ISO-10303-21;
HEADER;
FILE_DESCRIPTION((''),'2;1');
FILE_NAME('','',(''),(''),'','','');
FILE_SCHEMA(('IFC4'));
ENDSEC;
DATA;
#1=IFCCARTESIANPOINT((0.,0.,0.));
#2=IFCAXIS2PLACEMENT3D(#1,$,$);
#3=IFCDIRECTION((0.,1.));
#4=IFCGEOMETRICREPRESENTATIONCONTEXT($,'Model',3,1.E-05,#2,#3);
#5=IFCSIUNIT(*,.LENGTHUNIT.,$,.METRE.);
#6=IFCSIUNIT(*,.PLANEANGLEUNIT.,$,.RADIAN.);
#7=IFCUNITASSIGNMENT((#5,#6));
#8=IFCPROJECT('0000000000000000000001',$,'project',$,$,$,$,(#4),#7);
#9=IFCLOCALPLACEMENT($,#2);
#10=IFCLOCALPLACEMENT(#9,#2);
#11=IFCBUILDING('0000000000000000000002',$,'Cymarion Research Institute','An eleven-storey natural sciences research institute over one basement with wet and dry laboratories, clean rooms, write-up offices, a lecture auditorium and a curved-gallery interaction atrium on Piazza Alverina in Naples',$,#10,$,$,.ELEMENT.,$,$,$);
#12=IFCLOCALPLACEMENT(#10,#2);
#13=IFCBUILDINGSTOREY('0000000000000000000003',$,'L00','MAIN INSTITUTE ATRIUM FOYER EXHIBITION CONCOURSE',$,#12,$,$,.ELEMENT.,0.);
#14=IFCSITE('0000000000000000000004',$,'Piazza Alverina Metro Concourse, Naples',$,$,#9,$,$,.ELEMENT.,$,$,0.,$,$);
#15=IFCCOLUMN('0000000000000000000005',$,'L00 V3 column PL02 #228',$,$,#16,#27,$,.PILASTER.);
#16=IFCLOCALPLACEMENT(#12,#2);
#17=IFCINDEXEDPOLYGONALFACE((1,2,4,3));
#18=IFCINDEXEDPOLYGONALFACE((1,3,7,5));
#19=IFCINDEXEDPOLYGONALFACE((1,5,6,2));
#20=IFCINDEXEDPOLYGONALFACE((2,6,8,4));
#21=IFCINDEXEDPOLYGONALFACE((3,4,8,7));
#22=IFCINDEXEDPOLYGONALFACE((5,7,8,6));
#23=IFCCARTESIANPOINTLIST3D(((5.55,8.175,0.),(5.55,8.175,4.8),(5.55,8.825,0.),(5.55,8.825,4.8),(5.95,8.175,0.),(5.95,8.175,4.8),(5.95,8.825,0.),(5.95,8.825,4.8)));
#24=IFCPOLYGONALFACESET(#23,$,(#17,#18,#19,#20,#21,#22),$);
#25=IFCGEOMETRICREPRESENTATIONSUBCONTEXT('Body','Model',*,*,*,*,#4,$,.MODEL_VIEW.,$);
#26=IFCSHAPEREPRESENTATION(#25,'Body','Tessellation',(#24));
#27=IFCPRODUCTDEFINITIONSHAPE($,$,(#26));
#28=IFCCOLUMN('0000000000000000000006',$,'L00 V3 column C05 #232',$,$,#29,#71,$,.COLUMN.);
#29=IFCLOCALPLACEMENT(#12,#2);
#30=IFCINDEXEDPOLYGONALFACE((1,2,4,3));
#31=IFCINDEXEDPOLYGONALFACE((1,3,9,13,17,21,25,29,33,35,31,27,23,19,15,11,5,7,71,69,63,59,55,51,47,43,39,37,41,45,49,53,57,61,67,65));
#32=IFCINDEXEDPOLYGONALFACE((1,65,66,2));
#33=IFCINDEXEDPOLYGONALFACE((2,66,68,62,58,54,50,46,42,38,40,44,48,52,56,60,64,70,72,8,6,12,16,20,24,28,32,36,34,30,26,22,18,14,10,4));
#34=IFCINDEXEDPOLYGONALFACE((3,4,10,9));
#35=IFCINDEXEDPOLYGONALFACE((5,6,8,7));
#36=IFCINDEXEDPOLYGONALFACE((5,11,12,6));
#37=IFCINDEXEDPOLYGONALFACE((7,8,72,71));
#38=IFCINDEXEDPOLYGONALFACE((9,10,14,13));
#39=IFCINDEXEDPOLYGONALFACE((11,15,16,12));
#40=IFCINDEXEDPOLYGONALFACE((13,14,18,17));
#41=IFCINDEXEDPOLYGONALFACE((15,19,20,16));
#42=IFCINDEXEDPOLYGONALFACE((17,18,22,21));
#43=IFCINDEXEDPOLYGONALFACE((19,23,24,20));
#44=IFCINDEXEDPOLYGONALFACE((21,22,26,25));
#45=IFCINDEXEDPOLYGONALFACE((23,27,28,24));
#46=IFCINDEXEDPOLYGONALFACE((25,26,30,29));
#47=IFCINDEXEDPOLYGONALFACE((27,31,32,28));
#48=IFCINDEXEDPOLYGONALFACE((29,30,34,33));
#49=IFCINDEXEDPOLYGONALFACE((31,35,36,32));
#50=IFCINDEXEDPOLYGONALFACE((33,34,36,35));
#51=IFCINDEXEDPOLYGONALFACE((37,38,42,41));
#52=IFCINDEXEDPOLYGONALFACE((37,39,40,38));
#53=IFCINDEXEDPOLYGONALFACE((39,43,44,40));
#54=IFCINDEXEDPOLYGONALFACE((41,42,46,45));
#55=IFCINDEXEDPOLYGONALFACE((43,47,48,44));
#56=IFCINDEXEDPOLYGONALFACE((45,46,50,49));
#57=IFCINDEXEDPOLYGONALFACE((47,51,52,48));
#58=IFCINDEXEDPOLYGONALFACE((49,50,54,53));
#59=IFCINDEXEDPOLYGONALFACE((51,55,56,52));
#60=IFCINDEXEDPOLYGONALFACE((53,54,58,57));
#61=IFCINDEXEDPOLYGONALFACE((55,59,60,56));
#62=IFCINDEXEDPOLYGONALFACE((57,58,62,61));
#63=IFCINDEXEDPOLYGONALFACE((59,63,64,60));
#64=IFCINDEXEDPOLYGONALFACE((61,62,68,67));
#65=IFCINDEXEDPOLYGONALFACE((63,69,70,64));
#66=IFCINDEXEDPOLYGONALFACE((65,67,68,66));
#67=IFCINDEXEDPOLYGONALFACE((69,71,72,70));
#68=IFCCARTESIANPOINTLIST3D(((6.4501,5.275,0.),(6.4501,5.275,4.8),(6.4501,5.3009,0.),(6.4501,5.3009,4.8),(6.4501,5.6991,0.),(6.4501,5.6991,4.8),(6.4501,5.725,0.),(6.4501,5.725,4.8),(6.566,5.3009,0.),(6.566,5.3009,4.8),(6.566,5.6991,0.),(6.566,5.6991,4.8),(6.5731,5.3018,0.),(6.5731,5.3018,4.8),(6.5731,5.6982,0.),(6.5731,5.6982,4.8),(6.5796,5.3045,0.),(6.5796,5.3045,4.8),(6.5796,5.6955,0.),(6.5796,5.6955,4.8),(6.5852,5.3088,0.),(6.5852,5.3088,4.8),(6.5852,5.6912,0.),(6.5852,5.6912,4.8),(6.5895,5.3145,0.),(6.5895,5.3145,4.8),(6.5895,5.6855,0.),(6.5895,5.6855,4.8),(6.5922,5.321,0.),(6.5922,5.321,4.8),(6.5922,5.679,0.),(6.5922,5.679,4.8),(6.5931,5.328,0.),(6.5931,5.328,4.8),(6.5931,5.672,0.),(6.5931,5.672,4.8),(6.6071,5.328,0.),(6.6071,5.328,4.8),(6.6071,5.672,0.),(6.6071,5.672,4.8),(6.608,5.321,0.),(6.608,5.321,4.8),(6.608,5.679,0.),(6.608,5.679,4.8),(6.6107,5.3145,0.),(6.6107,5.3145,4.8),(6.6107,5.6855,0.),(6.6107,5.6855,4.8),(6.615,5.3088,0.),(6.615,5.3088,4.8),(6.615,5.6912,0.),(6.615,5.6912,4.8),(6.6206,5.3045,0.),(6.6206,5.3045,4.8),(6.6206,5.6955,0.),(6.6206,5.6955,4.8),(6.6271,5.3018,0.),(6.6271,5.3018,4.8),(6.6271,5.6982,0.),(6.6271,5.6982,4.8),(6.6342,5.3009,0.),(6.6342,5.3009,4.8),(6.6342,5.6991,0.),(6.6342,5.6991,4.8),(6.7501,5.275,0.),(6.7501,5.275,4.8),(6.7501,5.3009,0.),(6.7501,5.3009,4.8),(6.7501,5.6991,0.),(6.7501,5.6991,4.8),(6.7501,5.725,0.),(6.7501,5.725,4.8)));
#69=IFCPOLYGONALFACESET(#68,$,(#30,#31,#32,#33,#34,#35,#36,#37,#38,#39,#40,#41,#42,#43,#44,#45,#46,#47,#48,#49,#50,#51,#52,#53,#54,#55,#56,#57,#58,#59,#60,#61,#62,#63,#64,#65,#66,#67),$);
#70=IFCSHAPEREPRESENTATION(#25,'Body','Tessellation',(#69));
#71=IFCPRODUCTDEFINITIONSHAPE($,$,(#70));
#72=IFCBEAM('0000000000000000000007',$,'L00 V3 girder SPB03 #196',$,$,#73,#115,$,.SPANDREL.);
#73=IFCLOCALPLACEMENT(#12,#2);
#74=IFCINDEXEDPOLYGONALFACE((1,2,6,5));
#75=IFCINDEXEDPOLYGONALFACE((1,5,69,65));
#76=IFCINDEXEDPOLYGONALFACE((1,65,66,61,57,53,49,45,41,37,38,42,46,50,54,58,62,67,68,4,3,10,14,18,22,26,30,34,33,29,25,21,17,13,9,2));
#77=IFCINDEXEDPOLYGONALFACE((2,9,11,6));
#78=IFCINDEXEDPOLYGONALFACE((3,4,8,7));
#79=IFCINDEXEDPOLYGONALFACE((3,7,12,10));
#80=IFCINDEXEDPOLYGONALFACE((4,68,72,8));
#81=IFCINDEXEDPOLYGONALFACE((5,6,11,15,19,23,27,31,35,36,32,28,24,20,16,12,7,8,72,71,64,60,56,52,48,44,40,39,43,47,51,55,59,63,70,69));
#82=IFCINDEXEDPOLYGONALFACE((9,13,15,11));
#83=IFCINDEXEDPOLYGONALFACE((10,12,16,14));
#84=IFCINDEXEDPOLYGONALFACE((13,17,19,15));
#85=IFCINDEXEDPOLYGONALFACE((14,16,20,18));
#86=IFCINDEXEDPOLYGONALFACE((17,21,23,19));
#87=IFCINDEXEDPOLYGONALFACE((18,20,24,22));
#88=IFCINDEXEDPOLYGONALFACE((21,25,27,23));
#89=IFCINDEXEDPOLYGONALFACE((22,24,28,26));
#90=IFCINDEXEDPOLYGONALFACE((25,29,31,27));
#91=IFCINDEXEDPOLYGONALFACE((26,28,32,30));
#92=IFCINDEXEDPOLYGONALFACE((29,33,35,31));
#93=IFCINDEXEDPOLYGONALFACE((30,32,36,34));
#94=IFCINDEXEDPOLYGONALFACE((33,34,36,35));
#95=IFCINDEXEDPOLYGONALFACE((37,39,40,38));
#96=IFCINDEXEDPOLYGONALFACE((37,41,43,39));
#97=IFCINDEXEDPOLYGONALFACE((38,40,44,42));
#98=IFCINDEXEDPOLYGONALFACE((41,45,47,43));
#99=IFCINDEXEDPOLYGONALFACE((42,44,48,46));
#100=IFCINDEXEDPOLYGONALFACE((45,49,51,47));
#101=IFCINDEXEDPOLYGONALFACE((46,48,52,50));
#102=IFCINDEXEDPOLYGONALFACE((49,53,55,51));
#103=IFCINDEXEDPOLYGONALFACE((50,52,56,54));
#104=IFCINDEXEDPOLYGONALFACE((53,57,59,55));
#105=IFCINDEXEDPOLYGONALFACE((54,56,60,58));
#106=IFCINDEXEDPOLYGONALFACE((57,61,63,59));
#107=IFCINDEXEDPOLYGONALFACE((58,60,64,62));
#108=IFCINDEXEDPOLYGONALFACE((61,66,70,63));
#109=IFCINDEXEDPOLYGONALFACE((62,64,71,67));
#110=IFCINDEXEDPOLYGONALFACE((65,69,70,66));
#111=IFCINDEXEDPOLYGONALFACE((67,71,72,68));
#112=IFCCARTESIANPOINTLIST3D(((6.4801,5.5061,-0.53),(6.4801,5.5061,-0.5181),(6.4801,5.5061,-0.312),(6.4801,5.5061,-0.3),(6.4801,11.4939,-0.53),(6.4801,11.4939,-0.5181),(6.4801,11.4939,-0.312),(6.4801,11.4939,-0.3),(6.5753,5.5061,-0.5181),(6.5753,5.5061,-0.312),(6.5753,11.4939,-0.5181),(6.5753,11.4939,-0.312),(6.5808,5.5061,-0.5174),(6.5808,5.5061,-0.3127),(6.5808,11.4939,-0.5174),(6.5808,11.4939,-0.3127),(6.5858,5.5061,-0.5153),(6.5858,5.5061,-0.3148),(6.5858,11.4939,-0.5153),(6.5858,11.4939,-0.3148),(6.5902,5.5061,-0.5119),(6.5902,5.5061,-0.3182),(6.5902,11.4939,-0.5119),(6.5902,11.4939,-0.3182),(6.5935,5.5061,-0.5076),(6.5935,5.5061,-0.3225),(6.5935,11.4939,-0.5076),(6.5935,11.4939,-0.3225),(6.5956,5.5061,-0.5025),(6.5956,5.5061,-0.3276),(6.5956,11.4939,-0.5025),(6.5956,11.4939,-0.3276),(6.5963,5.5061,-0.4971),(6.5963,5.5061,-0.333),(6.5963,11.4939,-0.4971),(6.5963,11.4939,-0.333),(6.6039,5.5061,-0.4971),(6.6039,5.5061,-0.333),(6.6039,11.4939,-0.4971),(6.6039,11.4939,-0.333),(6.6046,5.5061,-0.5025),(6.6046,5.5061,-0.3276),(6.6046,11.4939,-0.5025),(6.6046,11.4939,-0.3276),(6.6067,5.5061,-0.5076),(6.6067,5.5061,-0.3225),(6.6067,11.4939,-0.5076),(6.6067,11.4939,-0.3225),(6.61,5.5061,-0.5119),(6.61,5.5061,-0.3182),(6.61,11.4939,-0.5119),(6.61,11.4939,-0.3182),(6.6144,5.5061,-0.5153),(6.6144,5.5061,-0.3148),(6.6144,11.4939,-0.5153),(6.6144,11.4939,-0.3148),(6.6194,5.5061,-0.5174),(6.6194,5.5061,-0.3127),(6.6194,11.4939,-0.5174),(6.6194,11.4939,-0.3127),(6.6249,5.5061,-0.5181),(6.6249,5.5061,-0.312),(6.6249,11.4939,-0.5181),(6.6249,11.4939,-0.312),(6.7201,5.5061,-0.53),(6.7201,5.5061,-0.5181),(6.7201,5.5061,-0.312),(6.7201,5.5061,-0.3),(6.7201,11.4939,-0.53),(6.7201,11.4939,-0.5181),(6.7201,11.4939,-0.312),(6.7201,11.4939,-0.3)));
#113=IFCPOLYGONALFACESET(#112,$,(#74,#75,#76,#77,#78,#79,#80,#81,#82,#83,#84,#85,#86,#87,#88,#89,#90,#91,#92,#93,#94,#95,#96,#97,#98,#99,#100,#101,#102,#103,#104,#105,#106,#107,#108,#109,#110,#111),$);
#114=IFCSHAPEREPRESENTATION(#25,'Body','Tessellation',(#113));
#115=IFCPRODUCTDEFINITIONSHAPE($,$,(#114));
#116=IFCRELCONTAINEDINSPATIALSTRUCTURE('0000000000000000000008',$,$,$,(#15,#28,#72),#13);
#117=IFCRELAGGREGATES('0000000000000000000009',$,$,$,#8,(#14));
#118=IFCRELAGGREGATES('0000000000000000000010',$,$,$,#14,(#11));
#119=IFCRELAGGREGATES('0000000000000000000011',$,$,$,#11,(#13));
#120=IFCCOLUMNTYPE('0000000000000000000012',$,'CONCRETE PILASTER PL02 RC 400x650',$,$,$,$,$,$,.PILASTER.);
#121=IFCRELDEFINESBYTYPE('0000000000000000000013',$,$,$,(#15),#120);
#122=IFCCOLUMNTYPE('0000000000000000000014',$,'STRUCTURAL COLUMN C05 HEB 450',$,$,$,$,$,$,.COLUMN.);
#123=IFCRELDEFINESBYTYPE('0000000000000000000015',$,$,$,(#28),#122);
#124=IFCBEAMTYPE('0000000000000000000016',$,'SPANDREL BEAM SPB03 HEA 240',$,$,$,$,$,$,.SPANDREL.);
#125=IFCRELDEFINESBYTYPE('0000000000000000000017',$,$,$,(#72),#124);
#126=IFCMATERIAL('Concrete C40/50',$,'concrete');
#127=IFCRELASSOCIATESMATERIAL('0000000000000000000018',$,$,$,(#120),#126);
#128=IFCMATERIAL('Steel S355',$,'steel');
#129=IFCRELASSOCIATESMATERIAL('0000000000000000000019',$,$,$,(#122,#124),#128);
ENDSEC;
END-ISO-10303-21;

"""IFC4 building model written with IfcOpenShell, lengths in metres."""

from ifc_helpers import new_model, si_unit, direction, frame, origin, origin_2d, place, context, subcontext, project, spatial, rectangle, i_section, extrude, material, material_profile, profile_set, type_object, element, save


model = new_model("IFC4")

# Units and contexts
model_context = context("Model", 3, precision=1e-05, world=origin(), true_north=direction((0.0, 1.0)))
body_context = subcontext(model_context, "Body", "Model", "MODEL_VIEW")
ifc_project = project(units=[si_unit("LENGTHUNIT", "METRE"), si_unit("PLANEANGLEUNIT", "RADIAN")], contexts=[model_context])

# Site, building, storey
site_placement = place(None, origin())
site = spatial("IfcSite", under=ifc_project, at=site_placement, Name="Piazza Alverina Metro Concourse, Naples", CompositionType="ELEMENT", RefElevation=0.0)
building_placement = place(site_placement, origin())
building = spatial("IfcBuilding", under=site, at=building_placement, Name="Cymarion Research Institute", Description="An eleven-storey natural sciences research institute over one basement with wet and dry laboratories, clean rooms, write-up offices, a lecture auditorium and a curved-gallery interaction atrium on Piazza Alverina in Naples", CompositionType="ELEMENT")
storey_placement = place(building_placement, origin())
storey = spatial("IfcBuildingStorey", under=building, at=storey_placement, Name="L00", Description="MAIN INSTITUTE ATRIUM FOYER EXHIBITION CONCOURSE", CompositionType="ELEMENT", Elevation=0.0)

# Columns
ifc_material_1 = material(Name="Concrete C40/50", Category="concrete")
ifc_material_profile_1 = material_profile(ifc_material_1, rectangle(XDim=0.3999, YDim=0.6499, at=origin_2d()), Name="RC 400x650")
ifc_profile_set_1 = profile_set([ifc_material_profile_1], Name="Concrete C40/50")
column_type_1 = type_object("IfcColumnType", Name="CONCRETE PILASTER PL02 RC 400x650", PredefinedType="PILASTER", material=ifc_profile_set_1)
column_1_placement = place(storey_placement, frame((5.75, 8.5, 0.0), z_axis=(0.0, 0.0, 1.0), x_axis=(1.0, 0.0, 0.0)))
element("IfcColumn", 1, at=column_1_placement, inside=storey, type_object=column_type_1, Name="L00 V3 column PL02 #228", PredefinedType="PILASTER", context=body_context, shape_type="SweptSolid", body=[
    extrude(rectangle(XDim=0.3999, YDim=0.6499, at=origin_2d()), origin(), (0.0, 0.0, 1.0), 4.8),
])
ifc_material_2 = material(Name="Steel S355", Category="steel")
ifc_material_profile_2 = material_profile(ifc_material_2, i_section(OverallWidth=0.3, OverallDepth=0.45, WebThickness=0.0139, FlangeThickness=0.0259, FilletRadius=0.0271, at=origin_2d()), Name="HEB 450")
ifc_profile_set_2 = profile_set([ifc_material_profile_2], Name="Steel S355")
column_type_2 = type_object("IfcColumnType", Name="STRUCTURAL COLUMN C05 HEB 450", PredefinedType="COLUMN", material=ifc_profile_set_2)
column_2_placement = place(storey_placement, frame((6.6001, 5.5, 0.0), z_axis=(0.0, 0.0, 1.0), x_axis=(1.0, 0.0, 0.0)))
element("IfcColumn", 2, at=column_2_placement, inside=storey, type_object=column_type_2, Name="L00 V3 column C05 #232", PredefinedType="COLUMN", context=body_context, shape_type="SweptSolid", body=[
    extrude(i_section(OverallWidth=0.3, OverallDepth=0.45, WebThickness=0.0139, FlangeThickness=0.0259, FilletRadius=0.0271, at=origin_2d()), origin(), (0.0, 0.0, 1.0), 4.8),
])

# Beam
ifc_material_profile_3 = material_profile(ifc_material_2, i_section(OverallWidth=0.24, OverallDepth=0.23, WebThickness=0.0076, FlangeThickness=0.012, FilletRadius=0.021, at=origin_2d()), Name="HEA 240")
ifc_profile_set_3 = profile_set([ifc_material_profile_3], Name="Steel S355")
beam_type = type_object("IfcBeamType", Name="SPANDREL BEAM SPB03 HEA 240", PredefinedType="SPANDREL", material=ifc_profile_set_3)
beam_placement = place(storey_placement, frame((6.6001, 5.5061, -0.415), z_axis=(0.0, 1.0, 0.0), x_axis=(-1.0, 0.0, 0.0)))
element("IfcBeam", 3, at=beam_placement, inside=storey, type_object=beam_type, Name="L00 V3 girder SPB03 #196", PredefinedType="SPANDREL", context=body_context, shape_type="SweptSolid", body=[
    extrude(i_section(OverallWidth=0.24, OverallDepth=0.23, WebThickness=0.0076, FlangeThickness=0.012, FilletRadius=0.021, at=origin_2d()), origin(), (0.0, 0.0, 1.0), 5.9878),
])

save(model, "model.ifc")
